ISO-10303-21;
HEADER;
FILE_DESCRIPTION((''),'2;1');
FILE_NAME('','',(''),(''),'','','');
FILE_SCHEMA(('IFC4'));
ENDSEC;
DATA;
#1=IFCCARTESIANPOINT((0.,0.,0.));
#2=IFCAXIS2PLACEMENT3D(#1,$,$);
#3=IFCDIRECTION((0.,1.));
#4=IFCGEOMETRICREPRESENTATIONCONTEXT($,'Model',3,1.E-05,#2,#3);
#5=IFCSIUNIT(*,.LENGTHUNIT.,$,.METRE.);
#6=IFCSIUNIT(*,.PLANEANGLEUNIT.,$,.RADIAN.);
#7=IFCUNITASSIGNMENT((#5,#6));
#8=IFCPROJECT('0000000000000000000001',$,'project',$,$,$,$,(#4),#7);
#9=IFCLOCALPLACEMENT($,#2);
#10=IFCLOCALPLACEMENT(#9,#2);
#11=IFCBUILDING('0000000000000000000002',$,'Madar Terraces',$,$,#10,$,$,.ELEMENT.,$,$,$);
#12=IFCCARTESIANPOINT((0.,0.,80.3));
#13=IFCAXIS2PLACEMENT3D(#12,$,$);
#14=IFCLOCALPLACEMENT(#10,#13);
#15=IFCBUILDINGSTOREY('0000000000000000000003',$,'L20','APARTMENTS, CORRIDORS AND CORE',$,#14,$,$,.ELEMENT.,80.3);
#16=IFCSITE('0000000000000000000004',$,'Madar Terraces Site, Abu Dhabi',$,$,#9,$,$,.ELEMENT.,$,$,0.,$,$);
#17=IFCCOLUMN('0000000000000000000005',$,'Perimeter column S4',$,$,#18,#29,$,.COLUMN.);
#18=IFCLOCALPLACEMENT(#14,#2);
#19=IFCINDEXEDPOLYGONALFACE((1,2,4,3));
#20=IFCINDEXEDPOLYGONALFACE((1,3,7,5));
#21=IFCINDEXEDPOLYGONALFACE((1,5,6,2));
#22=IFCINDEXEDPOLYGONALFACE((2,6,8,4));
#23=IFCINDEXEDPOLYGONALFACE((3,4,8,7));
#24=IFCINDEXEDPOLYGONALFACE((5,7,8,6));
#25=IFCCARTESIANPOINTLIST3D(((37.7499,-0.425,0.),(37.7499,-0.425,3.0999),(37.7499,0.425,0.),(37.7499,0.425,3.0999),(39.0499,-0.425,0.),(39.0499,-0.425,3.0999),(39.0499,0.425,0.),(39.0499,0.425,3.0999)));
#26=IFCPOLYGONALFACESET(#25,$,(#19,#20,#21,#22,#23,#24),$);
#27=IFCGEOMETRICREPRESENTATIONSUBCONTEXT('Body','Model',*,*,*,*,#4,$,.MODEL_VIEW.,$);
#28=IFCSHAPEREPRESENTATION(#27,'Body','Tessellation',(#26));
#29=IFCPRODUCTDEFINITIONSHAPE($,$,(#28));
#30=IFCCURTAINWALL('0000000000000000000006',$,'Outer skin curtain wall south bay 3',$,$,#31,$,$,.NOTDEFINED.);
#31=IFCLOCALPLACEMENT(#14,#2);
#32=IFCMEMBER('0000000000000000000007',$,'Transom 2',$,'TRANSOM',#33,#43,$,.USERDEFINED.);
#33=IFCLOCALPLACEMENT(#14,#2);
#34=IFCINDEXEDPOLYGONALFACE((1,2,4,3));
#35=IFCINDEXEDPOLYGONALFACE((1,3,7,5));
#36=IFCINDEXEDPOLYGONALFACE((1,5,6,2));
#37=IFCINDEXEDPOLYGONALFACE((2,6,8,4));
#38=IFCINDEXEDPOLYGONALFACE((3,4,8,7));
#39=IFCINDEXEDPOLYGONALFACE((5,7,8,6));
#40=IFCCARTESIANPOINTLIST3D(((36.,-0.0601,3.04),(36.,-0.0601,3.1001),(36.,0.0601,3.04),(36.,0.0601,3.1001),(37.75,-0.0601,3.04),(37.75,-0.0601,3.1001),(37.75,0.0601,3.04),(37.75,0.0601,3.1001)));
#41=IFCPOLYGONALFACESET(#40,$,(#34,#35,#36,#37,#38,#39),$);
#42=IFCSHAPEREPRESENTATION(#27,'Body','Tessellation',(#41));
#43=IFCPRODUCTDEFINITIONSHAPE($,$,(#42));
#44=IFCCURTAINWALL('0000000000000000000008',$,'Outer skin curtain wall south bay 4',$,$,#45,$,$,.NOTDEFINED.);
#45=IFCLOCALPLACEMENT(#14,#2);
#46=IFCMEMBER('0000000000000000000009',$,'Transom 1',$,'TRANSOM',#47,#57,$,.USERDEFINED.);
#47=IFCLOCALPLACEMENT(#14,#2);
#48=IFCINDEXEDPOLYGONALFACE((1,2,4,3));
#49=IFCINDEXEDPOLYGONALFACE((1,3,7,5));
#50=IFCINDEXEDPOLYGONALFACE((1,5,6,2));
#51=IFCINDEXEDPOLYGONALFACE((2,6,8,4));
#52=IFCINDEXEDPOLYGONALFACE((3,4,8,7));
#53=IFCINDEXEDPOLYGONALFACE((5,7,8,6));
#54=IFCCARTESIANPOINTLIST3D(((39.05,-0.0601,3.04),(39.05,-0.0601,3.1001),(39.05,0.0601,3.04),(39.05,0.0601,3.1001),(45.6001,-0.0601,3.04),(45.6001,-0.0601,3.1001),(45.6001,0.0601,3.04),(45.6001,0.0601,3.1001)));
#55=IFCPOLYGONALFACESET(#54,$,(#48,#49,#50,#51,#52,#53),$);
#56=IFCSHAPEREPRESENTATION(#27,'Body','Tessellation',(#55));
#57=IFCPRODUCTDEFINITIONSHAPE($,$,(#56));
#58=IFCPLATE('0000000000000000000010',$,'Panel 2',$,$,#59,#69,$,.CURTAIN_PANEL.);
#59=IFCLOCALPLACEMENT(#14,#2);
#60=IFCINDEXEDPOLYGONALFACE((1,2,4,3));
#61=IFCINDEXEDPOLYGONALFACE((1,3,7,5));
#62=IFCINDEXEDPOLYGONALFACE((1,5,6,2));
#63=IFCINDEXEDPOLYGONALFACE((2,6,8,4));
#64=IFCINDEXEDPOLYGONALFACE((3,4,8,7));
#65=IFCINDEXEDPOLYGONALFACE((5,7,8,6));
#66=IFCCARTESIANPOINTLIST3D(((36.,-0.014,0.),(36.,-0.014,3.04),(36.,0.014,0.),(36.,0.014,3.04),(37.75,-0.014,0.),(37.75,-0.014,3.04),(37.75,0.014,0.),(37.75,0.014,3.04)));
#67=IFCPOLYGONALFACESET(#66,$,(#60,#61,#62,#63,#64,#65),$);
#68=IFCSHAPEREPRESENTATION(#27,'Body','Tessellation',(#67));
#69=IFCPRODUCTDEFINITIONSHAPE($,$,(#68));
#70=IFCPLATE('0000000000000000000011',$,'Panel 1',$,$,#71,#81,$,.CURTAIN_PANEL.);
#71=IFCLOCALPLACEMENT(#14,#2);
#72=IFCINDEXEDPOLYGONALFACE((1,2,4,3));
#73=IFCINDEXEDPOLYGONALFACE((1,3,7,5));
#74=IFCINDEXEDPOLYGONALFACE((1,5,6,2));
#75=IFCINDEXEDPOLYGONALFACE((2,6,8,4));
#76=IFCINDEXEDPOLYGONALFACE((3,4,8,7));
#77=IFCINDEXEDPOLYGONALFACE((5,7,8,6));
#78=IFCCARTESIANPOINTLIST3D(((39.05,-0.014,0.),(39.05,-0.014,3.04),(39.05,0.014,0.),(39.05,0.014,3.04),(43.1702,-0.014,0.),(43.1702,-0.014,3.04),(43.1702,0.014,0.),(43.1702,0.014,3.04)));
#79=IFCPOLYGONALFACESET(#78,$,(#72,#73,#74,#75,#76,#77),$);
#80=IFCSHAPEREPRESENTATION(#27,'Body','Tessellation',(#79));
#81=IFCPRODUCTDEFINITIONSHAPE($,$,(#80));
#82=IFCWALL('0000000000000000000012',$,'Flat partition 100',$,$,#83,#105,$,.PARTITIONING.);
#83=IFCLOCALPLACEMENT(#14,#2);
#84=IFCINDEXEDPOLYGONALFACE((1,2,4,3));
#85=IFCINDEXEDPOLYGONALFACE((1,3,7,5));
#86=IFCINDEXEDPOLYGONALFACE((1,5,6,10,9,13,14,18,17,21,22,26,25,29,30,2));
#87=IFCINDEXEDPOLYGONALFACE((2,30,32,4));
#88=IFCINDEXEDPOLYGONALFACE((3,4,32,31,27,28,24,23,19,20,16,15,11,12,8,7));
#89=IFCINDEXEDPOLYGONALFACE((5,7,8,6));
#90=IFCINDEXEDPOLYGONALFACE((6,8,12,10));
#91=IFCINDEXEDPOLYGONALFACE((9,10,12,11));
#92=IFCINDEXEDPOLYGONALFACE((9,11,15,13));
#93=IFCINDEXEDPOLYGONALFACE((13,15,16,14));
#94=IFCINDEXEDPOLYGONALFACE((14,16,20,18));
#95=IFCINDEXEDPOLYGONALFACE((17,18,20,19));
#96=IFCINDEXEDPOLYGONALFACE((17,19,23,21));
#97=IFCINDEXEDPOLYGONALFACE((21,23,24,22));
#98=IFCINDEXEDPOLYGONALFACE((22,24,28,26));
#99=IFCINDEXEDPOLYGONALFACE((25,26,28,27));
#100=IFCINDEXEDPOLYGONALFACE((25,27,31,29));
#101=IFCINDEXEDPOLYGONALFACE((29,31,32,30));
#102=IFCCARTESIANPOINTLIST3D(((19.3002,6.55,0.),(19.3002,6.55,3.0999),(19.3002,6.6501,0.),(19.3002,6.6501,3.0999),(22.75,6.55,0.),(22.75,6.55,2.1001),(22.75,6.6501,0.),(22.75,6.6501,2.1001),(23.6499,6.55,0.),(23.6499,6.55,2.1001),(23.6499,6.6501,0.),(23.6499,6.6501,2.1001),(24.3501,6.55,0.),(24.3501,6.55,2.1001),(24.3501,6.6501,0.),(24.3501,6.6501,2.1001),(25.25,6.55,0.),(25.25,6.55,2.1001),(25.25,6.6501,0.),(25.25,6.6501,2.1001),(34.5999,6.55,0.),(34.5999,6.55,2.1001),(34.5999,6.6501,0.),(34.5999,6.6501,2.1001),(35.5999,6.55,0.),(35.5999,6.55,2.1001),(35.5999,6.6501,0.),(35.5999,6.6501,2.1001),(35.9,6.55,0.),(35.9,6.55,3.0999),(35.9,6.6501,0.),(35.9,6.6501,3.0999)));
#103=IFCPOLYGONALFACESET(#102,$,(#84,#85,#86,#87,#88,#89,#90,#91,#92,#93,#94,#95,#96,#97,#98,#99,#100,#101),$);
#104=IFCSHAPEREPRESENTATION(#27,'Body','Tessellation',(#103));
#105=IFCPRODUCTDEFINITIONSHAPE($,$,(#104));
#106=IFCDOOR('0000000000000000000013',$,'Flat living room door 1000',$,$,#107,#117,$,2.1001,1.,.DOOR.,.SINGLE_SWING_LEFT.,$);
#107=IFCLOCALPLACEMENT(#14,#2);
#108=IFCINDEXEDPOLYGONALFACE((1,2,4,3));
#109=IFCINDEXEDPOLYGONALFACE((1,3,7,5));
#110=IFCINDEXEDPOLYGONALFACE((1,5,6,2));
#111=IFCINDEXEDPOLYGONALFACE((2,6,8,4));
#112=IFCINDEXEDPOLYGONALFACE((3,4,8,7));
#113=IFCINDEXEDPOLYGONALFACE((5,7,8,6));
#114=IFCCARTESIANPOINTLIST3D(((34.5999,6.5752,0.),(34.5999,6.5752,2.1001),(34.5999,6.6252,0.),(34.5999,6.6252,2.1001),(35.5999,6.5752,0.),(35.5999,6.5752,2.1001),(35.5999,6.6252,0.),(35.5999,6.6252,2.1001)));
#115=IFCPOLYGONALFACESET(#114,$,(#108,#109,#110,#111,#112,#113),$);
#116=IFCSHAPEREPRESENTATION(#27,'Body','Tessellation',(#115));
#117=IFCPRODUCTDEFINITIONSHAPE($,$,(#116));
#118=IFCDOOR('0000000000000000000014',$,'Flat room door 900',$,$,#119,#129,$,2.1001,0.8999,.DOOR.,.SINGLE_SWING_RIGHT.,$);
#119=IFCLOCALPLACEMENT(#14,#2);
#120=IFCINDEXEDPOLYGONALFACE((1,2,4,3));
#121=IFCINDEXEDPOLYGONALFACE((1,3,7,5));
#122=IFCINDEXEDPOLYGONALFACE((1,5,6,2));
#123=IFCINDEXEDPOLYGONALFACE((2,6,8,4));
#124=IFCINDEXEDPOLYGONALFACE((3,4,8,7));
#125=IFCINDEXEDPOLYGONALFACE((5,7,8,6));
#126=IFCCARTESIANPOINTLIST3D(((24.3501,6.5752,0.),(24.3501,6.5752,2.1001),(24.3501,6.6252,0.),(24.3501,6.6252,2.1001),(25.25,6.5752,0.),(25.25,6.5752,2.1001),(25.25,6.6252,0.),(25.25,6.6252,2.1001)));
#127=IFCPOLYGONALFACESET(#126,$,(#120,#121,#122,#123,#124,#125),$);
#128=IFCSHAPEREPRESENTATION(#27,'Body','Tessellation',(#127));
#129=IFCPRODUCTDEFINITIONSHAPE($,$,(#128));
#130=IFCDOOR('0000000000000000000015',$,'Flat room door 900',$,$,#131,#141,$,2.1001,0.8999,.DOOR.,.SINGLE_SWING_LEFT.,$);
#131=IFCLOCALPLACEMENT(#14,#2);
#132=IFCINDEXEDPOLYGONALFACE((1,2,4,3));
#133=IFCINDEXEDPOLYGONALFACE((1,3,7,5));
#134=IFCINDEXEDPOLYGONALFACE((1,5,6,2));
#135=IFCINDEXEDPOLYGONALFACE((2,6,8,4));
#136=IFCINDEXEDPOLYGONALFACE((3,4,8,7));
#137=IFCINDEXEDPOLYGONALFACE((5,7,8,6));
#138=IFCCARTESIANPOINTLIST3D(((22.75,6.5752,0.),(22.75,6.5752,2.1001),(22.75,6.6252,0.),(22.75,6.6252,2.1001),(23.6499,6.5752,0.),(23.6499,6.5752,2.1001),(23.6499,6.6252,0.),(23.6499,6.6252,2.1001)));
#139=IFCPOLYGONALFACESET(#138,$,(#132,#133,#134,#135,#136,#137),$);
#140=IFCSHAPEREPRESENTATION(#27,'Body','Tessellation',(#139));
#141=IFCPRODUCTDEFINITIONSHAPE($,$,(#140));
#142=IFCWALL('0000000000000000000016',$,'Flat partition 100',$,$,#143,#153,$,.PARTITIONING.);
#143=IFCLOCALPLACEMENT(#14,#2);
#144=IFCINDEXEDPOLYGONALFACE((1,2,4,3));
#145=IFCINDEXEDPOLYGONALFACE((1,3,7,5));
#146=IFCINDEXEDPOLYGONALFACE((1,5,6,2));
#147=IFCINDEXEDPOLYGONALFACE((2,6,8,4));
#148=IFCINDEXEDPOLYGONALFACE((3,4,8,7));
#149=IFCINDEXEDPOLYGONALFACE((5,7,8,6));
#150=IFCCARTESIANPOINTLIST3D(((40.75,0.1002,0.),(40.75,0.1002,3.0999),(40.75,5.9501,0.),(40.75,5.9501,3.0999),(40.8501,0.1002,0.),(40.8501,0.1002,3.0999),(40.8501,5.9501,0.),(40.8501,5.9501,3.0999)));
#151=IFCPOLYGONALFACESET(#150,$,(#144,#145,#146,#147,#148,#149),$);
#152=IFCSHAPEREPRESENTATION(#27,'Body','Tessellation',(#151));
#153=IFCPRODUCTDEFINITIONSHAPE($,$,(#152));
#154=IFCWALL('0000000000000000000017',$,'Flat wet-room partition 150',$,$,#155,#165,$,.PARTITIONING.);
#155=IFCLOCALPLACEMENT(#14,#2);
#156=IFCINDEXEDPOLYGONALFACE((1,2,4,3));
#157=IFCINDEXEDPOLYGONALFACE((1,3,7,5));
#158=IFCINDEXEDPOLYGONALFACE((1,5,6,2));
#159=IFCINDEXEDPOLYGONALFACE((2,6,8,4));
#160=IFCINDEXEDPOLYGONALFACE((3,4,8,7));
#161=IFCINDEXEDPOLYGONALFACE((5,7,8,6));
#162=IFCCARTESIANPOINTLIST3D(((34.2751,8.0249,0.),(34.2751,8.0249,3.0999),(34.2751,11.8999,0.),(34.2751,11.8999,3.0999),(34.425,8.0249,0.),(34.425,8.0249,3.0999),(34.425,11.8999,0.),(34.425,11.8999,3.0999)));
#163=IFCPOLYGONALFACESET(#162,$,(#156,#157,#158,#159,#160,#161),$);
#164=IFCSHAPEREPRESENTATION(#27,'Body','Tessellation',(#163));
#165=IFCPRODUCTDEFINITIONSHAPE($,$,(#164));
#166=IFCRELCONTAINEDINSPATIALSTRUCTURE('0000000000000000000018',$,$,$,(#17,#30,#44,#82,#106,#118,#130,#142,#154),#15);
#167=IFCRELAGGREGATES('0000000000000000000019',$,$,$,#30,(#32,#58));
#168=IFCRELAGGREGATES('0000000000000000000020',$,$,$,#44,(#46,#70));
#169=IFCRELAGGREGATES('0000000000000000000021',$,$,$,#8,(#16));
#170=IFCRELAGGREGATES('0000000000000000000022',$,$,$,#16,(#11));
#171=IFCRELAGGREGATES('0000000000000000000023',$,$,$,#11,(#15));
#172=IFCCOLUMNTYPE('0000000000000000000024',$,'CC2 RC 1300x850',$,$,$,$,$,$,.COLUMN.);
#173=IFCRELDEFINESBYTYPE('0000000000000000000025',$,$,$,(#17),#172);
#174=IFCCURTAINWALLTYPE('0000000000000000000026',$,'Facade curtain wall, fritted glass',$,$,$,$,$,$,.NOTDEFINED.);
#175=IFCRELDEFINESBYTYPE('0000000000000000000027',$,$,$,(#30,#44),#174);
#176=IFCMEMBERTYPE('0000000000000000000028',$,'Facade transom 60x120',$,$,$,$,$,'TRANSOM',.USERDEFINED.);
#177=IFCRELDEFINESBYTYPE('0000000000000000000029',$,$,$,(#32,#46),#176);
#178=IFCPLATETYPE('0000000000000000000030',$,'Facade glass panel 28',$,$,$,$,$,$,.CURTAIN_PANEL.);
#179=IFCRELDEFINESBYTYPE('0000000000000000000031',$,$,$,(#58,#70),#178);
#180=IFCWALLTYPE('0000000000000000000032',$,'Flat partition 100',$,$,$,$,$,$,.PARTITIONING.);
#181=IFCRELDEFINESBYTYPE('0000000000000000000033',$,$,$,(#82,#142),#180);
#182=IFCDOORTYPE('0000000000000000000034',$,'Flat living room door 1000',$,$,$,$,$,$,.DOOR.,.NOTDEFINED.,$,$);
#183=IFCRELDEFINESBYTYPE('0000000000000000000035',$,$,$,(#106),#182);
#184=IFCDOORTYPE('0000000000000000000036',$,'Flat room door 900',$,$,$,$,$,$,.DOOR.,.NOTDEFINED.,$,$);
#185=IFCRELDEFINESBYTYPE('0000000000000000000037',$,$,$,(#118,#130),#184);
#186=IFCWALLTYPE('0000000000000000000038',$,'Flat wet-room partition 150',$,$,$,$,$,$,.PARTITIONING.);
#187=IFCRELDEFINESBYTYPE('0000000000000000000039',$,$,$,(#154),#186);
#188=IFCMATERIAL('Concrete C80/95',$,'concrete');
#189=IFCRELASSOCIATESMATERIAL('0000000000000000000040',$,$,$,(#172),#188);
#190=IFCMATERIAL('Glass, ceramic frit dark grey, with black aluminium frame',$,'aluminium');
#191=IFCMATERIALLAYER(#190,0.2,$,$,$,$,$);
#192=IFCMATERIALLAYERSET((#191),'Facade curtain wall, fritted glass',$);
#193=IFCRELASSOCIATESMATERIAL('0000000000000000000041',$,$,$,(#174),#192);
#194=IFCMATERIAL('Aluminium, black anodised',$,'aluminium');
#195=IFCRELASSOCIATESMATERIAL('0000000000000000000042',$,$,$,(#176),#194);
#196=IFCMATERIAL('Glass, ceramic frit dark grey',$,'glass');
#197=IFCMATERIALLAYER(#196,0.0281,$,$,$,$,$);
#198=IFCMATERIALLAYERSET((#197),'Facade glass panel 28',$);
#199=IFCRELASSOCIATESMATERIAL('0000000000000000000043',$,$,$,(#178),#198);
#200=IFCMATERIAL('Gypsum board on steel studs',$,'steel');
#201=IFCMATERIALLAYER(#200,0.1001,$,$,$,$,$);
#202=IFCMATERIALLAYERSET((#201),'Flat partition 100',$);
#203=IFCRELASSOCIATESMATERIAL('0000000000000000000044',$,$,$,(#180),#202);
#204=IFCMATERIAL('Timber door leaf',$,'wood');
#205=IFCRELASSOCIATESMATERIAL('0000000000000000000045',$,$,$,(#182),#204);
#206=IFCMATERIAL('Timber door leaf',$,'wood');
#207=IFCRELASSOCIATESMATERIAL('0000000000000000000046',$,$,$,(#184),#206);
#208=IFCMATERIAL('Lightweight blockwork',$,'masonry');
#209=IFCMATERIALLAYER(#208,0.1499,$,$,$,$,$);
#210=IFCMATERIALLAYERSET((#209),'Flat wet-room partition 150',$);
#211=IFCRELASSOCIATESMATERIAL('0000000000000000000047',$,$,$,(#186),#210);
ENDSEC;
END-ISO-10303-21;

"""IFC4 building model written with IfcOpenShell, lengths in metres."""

from ifc_helpers import new_model, si_unit, direction, frame, frame_2d, origin, origin_2d, place, context, subcontext, project, spatial, rectangle, extrude, material, layer, layer_set, material_profile, profile_set, type_object, element, fill, aggregate, save


model = new_model("IFC4")

# Units and contexts
model_context = context("Model", 3, precision=1e-05, world=origin(), true_north=direction((0.0, 1.0)))
body_context = subcontext(model_context, "Body", "Model", "MODEL_VIEW")
ifc_project = project(units=[si_unit("LENGTHUNIT", "METRE"), si_unit("PLANEANGLEUNIT", "RADIAN")], contexts=[model_context])

# Site, building, storey
site_placement = place(None, origin())
site = spatial("IfcSite", under=ifc_project, at=site_placement, Name="Madar Terraces Site, Abu Dhabi", CompositionType="ELEMENT", RefElevation=0.0)
building_placement = place(site_placement, origin())
building = spatial("IfcBuilding", under=site, at=building_placement, Name="Madar Terraces", CompositionType="ELEMENT")
storey_placement = place(building_placement, frame((0.0, 0.0, 80.3)))
storey = spatial("IfcBuildingStorey", under=building, at=storey_placement, Name="L20", Description="APARTMENTS, CORRIDORS AND CORE", CompositionType="ELEMENT", Elevation=80.3)

# Column
ifc_material_1 = material(Name="Concrete C80/95", Category="concrete")
ifc_material_profile_1 = material_profile(ifc_material_1, rectangle(XDim=1.3, YDim=0.8501, at=origin_2d()), Name="CC2 RC 1300x850")
ifc_profile_set_1 = profile_set([ifc_material_profile_1], Name="Concrete C80/95")
column_type = type_object("IfcColumnType", Name="CC2 RC 1300x850", PredefinedType="COLUMN", material=ifc_profile_set_1)
column_placement = place(storey_placement, frame((38.3999, 0.0, 0.0), z_axis=(0.0, 0.0, 1.0), x_axis=(1.0, 0.0, 0.0)))
element("IfcColumn", 1, at=column_placement, inside=storey, type_object=column_type, Name="Perimeter column S4", PredefinedType="COLUMN", context=body_context, shape_type="SweptSolid", body=[
    extrude(rectangle(XDim=1.3, YDim=0.8501, at=origin_2d()), origin(), (0.0, 0.0, 1.0), 3.0999),
])

# Curtain walls, members
ifc_material_2 = material(Name="Glass, ceramic frit dark grey, with black aluminium frame", Category="aluminium")
ifc_layer_1 = layer(ifc_material_2, 0.2)
ifc_layer_set_1 = layer_set([ifc_layer_1], Name="Facade curtain wall, fritted glass")
curtain_wall_type = type_object("IfcCurtainWallType", Name="Facade curtain wall, fritted glass", PredefinedType="NOTDEFINED", material=ifc_layer_set_1)
curtain_wall_1_placement = place(storey_placement, origin())
curtain_wall_1 = element("IfcCurtainWall", 2, at=curtain_wall_1_placement, inside=storey, type_object=curtain_wall_type, Name="Outer skin curtain wall south bay 3", PredefinedType="NOTDEFINED")
ifc_material_3 = material(Name="Aluminium, black anodised", Category="aluminium")
ifc_material_profile_2 = material_profile(ifc_material_3, rectangle(XDim=0.1201, YDim=0.0601, at=origin_2d()), Name="Facade transom 60x120")
ifc_profile_set_2 = profile_set([ifc_material_profile_2], Name="Aluminium, black anodised")
member_type = type_object("IfcMemberType", Name="Facade transom 60x120", ElementType="TRANSOM", PredefinedType="USERDEFINED", material=ifc_profile_set_2)
member_1_placement = place(storey_placement, frame((36.0, 0.0, 3.0701), z_axis=(1.0, 0.0, 0.0), x_axis=(0.0, 1.0, 0.0)))
member_1 = element("IfcMember", 3, at=member_1_placement, type_object=member_type, Name="Transom 2", ObjectType="TRANSOM", PredefinedType="USERDEFINED", context=body_context, shape_type="SweptSolid", body=[
    extrude(rectangle(XDim=0.1201, YDim=0.0601, at=origin_2d()), origin(), (0.0, 0.0, 1.0), 1.75),
])
curtain_wall_2_placement = place(storey_placement, origin())
curtain_wall_2 = element("IfcCurtainWall", 4, at=curtain_wall_2_placement, inside=storey, type_object=curtain_wall_type, Name="Outer skin curtain wall south bay 4", PredefinedType="NOTDEFINED")
member_2_placement = place(storey_placement, frame((39.05, 0.0, 3.0701), z_axis=(1.0, 0.0, 0.0), x_axis=(0.0, 1.0, 0.0)))
member_2 = element("IfcMember", 5, at=member_2_placement, type_object=member_type, Name="Transom 1", ObjectType="TRANSOM", PredefinedType="USERDEFINED", context=body_context, shape_type="SweptSolid", body=[
    extrude(rectangle(XDim=0.1201, YDim=0.0601, at=origin_2d()), origin(), (0.0, 0.0, 1.0), 6.55),
])

# Plates
ifc_material_4 = material(Name="Glass, ceramic frit dark grey", Category="glass")
ifc_layer_2 = layer(ifc_material_4, 0.0281)
ifc_layer_set_2 = layer_set([ifc_layer_2], Name="Facade glass panel 28")
plate_type = type_object("IfcPlateType", Name="Facade glass panel 28", PredefinedType="CURTAIN_PANEL", material=ifc_layer_set_2)
plate_1_placement = place(storey_placement, frame((36.875, 0.0, 0.0), z_axis=(0.0, 0.0, 1.0), x_axis=(1.0, 0.0, 0.0)))
plate_1 = element("IfcPlate", 6, at=plate_1_placement, type_object=plate_type, Name="Panel 2", PredefinedType="CURTAIN_PANEL", context=body_context, shape_type="SweptSolid", body=[
    extrude(rectangle(XDim=1.75, YDim=0.0281, at=origin_2d()), origin(), (0.0, 0.0, 1.0), 3.04),
])
aggregate(curtain_wall_1, [member_1, plate_1])
plate_2_placement = place(storey_placement, frame((41.1101, 0.0, 0.0), z_axis=(0.0, 0.0, 1.0), x_axis=(1.0, 0.0, 0.0)))
plate_2 = element("IfcPlate", 7, at=plate_2_placement, type_object=plate_type, Name="Panel 1", PredefinedType="CURTAIN_PANEL", context=body_context, shape_type="SweptSolid", body=[
    extrude(rectangle(XDim=4.1201, YDim=0.0281, at=origin_2d()), origin(), (0.0, 0.0, 1.0), 3.04),
])
aggregate(curtain_wall_2, [member_2, plate_2])

# Wall, openings, doors
ifc_material_5 = material(Name="Gypsum board on steel studs", Category="steel")
ifc_layer_3 = layer(ifc_material_5, 0.1001)
ifc_layer_set_3 = layer_set([ifc_layer_3], Name="Flat partition 100")
wall_type_1 = type_object("IfcWallType", Name="Flat partition 100", PredefinedType="PARTITIONING", material=ifc_layer_set_3)
wall_1_placement = place(storey_placement, frame((35.8999, 6.6001, 0.0), z_axis=(0.0, 0.0, 1.0), x_axis=(-1.0, 0.0, 0.0)))
wall_1 = element("IfcWall", 8, at=wall_1_placement, inside=storey, type_object=wall_type_1, Name="Flat partition 100", PredefinedType="PARTITIONING", context=body_context, shape_type="SweptSolid", body=[
    extrude(rectangle(XDim=16.5999, YDim=0.1001, at=frame_2d((8.2998, 0.0))), origin(), (0.0, 0.0, 1.0), 3.0999),
])
opening_1_placement = place(wall_1_placement, frame((0.3, 0.0, 0.0)))
opening_1 = element("IfcOpeningElement", 9, at=opening_1_placement, cuts=wall_1, PredefinedType="OPENING", context=body_context, shape_type="SweptSolid", body=[
    extrude(rectangle(XDim=1.0, YDim=2.1001, at=frame_2d((0.5, 1.05))), frame((0.0, 0.0601, 0.0), z_axis=(0.0, -1.0, 0.0), x_axis=(1.0, 0.0, 0.0)), (0.0, 0.0, 1.0), 0.1201),
])
opening_2_placement = place(wall_1_placement, frame((10.6499, 0.0, 0.0)))
opening_2 = element("IfcOpeningElement", 10, at=opening_2_placement, cuts=wall_1, PredefinedType="OPENING", context=body_context, shape_type="SweptSolid", body=[
    extrude(rectangle(XDim=0.8999, YDim=2.1001, at=frame_2d((0.45, 1.05))), frame((0.0, 0.0601, 0.0), z_axis=(0.0, -1.0, 0.0), x_axis=(1.0, 0.0, 0.0)), (0.0, 0.0, 1.0), 0.1201),
])
opening_3_placement = place(wall_1_placement, frame((12.25, 0.0, 0.0)))
opening_3 = element("IfcOpeningElement", 11, at=opening_3_placement, cuts=wall_1, PredefinedType="OPENING", context=body_context, shape_type="SweptSolid", body=[
    extrude(rectangle(XDim=0.8999, YDim=2.1001, at=frame_2d((0.45, 1.05))), frame((0.0, 0.0601, 0.0), z_axis=(0.0, -1.0, 0.0), x_axis=(1.0, 0.0, 0.0)), (0.0, 0.0, 1.0), 0.1201),
])
ifc_material_6 = material(Name="Timber door leaf", Category="wood")
door_type_1 = type_object("IfcDoorType", Name="Flat living room door 1000", OperationType="NOTDEFINED", PredefinedType="DOOR", material=ifc_material_6)
door_1_placement = place(opening_1_placement, origin())
door_1 = element("IfcDoor", 12, at=door_1_placement, inside=storey, type_object=door_type_1, Name="Flat living room door 1000", OperationType="SINGLE_SWING_LEFT", OverallHeight=2.1001, OverallWidth=1.0, PredefinedType="DOOR", context=body_context, shape_type="SweptSolid", body=[
    extrude(rectangle(XDim=1.0, YDim=2.1001, at=frame_2d((0.5, 1.05))), frame((0.0, 0.0249, 0.0), z_axis=(0.0, -1.0, 0.0), x_axis=(1.0, 0.0, 0.0)), (0.0, 0.0, 1.0), 0.05),
])
fill(opening_1, door_1)
ifc_material_7 = material(Name="Timber door leaf", Category="wood")
door_type_2 = type_object("IfcDoorType", Name="Flat room door 900", OperationType="NOTDEFINED", PredefinedType="DOOR", material=ifc_material_7)
door_2_placement = place(opening_2_placement, origin())
door_2 = element("IfcDoor", 13, at=door_2_placement, inside=storey, type_object=door_type_2, Name="Flat room door 900", OperationType="SINGLE_SWING_RIGHT", OverallHeight=2.1001, OverallWidth=0.8999, PredefinedType="DOOR", context=body_context, shape_type="SweptSolid", body=[
    extrude(rectangle(XDim=0.8999, YDim=2.1001, at=frame_2d((0.45, 1.05))), frame((0.0, 0.0249, 0.0), z_axis=(0.0, -1.0, 0.0), x_axis=(1.0, 0.0, 0.0)), (0.0, 0.0, 1.0), 0.05),
])
fill(opening_2, door_2)
door_3_placement = place(opening_3_placement, origin())
door_3 = element("IfcDoor", 14, at=door_3_placement, inside=storey, type_object=door_type_2, Name="Flat room door 900", OperationType="SINGLE_SWING_LEFT", OverallHeight=2.1001, OverallWidth=0.8999, PredefinedType="DOOR", context=body_context, shape_type="SweptSolid", body=[
    extrude(rectangle(XDim=0.8999, YDim=2.1001, at=frame_2d((0.45, 1.05))), frame((0.0, 0.0249, 0.0), z_axis=(0.0, -1.0, 0.0), x_axis=(1.0, 0.0, 0.0)), (0.0, 0.0, 1.0), 0.05),
])
fill(opening_3, door_3)

# Walls
wall_2_placement = place(storey_placement, frame((40.8, 5.95, 0.0), z_axis=(0.0, 0.0, 1.0), x_axis=(0.0, -1.0, 0.0)))
element("IfcWall", 15, at=wall_2_placement, inside=storey, type_object=wall_type_1, Name="Flat partition 100", PredefinedType="PARTITIONING", context=body_context, shape_type="SweptSolid", body=[
    extrude(rectangle(XDim=5.8499, YDim=0.1001, at=frame_2d((2.9248, 0.0))), origin(), (0.0, 0.0, 1.0), 3.0999),
])
ifc_material_8 = material(Name="Lightweight blockwork", Category="masonry")
ifc_layer_4 = layer(ifc_material_8, 0.1499)
ifc_layer_set_4 = layer_set([ifc_layer_4], Name="Flat wet-room partition 150")
wall_type_2 = type_object("IfcWallType", Name="Flat wet-room partition 150", PredefinedType="PARTITIONING", material=ifc_layer_set_4)
wall_3_placement = place(storey_placement, frame((34.3501, 11.8999, 0.0), z_axis=(0.0, 0.0, 1.0), x_axis=(0.0, -1.0, 0.0)))
element("IfcWall", 16, at=wall_3_placement, inside=storey, type_object=wall_type_2, Name="Flat wet-room partition 150", PredefinedType="PARTITIONING", context=body_context, shape_type="SweptSolid", body=[
    extrude(rectangle(XDim=3.875, YDim=0.1499, at=frame_2d((1.9375, 0.0))), origin(), (0.0, 0.0, 1.0), 3.0999),
])

save(model, "model.ifc")
